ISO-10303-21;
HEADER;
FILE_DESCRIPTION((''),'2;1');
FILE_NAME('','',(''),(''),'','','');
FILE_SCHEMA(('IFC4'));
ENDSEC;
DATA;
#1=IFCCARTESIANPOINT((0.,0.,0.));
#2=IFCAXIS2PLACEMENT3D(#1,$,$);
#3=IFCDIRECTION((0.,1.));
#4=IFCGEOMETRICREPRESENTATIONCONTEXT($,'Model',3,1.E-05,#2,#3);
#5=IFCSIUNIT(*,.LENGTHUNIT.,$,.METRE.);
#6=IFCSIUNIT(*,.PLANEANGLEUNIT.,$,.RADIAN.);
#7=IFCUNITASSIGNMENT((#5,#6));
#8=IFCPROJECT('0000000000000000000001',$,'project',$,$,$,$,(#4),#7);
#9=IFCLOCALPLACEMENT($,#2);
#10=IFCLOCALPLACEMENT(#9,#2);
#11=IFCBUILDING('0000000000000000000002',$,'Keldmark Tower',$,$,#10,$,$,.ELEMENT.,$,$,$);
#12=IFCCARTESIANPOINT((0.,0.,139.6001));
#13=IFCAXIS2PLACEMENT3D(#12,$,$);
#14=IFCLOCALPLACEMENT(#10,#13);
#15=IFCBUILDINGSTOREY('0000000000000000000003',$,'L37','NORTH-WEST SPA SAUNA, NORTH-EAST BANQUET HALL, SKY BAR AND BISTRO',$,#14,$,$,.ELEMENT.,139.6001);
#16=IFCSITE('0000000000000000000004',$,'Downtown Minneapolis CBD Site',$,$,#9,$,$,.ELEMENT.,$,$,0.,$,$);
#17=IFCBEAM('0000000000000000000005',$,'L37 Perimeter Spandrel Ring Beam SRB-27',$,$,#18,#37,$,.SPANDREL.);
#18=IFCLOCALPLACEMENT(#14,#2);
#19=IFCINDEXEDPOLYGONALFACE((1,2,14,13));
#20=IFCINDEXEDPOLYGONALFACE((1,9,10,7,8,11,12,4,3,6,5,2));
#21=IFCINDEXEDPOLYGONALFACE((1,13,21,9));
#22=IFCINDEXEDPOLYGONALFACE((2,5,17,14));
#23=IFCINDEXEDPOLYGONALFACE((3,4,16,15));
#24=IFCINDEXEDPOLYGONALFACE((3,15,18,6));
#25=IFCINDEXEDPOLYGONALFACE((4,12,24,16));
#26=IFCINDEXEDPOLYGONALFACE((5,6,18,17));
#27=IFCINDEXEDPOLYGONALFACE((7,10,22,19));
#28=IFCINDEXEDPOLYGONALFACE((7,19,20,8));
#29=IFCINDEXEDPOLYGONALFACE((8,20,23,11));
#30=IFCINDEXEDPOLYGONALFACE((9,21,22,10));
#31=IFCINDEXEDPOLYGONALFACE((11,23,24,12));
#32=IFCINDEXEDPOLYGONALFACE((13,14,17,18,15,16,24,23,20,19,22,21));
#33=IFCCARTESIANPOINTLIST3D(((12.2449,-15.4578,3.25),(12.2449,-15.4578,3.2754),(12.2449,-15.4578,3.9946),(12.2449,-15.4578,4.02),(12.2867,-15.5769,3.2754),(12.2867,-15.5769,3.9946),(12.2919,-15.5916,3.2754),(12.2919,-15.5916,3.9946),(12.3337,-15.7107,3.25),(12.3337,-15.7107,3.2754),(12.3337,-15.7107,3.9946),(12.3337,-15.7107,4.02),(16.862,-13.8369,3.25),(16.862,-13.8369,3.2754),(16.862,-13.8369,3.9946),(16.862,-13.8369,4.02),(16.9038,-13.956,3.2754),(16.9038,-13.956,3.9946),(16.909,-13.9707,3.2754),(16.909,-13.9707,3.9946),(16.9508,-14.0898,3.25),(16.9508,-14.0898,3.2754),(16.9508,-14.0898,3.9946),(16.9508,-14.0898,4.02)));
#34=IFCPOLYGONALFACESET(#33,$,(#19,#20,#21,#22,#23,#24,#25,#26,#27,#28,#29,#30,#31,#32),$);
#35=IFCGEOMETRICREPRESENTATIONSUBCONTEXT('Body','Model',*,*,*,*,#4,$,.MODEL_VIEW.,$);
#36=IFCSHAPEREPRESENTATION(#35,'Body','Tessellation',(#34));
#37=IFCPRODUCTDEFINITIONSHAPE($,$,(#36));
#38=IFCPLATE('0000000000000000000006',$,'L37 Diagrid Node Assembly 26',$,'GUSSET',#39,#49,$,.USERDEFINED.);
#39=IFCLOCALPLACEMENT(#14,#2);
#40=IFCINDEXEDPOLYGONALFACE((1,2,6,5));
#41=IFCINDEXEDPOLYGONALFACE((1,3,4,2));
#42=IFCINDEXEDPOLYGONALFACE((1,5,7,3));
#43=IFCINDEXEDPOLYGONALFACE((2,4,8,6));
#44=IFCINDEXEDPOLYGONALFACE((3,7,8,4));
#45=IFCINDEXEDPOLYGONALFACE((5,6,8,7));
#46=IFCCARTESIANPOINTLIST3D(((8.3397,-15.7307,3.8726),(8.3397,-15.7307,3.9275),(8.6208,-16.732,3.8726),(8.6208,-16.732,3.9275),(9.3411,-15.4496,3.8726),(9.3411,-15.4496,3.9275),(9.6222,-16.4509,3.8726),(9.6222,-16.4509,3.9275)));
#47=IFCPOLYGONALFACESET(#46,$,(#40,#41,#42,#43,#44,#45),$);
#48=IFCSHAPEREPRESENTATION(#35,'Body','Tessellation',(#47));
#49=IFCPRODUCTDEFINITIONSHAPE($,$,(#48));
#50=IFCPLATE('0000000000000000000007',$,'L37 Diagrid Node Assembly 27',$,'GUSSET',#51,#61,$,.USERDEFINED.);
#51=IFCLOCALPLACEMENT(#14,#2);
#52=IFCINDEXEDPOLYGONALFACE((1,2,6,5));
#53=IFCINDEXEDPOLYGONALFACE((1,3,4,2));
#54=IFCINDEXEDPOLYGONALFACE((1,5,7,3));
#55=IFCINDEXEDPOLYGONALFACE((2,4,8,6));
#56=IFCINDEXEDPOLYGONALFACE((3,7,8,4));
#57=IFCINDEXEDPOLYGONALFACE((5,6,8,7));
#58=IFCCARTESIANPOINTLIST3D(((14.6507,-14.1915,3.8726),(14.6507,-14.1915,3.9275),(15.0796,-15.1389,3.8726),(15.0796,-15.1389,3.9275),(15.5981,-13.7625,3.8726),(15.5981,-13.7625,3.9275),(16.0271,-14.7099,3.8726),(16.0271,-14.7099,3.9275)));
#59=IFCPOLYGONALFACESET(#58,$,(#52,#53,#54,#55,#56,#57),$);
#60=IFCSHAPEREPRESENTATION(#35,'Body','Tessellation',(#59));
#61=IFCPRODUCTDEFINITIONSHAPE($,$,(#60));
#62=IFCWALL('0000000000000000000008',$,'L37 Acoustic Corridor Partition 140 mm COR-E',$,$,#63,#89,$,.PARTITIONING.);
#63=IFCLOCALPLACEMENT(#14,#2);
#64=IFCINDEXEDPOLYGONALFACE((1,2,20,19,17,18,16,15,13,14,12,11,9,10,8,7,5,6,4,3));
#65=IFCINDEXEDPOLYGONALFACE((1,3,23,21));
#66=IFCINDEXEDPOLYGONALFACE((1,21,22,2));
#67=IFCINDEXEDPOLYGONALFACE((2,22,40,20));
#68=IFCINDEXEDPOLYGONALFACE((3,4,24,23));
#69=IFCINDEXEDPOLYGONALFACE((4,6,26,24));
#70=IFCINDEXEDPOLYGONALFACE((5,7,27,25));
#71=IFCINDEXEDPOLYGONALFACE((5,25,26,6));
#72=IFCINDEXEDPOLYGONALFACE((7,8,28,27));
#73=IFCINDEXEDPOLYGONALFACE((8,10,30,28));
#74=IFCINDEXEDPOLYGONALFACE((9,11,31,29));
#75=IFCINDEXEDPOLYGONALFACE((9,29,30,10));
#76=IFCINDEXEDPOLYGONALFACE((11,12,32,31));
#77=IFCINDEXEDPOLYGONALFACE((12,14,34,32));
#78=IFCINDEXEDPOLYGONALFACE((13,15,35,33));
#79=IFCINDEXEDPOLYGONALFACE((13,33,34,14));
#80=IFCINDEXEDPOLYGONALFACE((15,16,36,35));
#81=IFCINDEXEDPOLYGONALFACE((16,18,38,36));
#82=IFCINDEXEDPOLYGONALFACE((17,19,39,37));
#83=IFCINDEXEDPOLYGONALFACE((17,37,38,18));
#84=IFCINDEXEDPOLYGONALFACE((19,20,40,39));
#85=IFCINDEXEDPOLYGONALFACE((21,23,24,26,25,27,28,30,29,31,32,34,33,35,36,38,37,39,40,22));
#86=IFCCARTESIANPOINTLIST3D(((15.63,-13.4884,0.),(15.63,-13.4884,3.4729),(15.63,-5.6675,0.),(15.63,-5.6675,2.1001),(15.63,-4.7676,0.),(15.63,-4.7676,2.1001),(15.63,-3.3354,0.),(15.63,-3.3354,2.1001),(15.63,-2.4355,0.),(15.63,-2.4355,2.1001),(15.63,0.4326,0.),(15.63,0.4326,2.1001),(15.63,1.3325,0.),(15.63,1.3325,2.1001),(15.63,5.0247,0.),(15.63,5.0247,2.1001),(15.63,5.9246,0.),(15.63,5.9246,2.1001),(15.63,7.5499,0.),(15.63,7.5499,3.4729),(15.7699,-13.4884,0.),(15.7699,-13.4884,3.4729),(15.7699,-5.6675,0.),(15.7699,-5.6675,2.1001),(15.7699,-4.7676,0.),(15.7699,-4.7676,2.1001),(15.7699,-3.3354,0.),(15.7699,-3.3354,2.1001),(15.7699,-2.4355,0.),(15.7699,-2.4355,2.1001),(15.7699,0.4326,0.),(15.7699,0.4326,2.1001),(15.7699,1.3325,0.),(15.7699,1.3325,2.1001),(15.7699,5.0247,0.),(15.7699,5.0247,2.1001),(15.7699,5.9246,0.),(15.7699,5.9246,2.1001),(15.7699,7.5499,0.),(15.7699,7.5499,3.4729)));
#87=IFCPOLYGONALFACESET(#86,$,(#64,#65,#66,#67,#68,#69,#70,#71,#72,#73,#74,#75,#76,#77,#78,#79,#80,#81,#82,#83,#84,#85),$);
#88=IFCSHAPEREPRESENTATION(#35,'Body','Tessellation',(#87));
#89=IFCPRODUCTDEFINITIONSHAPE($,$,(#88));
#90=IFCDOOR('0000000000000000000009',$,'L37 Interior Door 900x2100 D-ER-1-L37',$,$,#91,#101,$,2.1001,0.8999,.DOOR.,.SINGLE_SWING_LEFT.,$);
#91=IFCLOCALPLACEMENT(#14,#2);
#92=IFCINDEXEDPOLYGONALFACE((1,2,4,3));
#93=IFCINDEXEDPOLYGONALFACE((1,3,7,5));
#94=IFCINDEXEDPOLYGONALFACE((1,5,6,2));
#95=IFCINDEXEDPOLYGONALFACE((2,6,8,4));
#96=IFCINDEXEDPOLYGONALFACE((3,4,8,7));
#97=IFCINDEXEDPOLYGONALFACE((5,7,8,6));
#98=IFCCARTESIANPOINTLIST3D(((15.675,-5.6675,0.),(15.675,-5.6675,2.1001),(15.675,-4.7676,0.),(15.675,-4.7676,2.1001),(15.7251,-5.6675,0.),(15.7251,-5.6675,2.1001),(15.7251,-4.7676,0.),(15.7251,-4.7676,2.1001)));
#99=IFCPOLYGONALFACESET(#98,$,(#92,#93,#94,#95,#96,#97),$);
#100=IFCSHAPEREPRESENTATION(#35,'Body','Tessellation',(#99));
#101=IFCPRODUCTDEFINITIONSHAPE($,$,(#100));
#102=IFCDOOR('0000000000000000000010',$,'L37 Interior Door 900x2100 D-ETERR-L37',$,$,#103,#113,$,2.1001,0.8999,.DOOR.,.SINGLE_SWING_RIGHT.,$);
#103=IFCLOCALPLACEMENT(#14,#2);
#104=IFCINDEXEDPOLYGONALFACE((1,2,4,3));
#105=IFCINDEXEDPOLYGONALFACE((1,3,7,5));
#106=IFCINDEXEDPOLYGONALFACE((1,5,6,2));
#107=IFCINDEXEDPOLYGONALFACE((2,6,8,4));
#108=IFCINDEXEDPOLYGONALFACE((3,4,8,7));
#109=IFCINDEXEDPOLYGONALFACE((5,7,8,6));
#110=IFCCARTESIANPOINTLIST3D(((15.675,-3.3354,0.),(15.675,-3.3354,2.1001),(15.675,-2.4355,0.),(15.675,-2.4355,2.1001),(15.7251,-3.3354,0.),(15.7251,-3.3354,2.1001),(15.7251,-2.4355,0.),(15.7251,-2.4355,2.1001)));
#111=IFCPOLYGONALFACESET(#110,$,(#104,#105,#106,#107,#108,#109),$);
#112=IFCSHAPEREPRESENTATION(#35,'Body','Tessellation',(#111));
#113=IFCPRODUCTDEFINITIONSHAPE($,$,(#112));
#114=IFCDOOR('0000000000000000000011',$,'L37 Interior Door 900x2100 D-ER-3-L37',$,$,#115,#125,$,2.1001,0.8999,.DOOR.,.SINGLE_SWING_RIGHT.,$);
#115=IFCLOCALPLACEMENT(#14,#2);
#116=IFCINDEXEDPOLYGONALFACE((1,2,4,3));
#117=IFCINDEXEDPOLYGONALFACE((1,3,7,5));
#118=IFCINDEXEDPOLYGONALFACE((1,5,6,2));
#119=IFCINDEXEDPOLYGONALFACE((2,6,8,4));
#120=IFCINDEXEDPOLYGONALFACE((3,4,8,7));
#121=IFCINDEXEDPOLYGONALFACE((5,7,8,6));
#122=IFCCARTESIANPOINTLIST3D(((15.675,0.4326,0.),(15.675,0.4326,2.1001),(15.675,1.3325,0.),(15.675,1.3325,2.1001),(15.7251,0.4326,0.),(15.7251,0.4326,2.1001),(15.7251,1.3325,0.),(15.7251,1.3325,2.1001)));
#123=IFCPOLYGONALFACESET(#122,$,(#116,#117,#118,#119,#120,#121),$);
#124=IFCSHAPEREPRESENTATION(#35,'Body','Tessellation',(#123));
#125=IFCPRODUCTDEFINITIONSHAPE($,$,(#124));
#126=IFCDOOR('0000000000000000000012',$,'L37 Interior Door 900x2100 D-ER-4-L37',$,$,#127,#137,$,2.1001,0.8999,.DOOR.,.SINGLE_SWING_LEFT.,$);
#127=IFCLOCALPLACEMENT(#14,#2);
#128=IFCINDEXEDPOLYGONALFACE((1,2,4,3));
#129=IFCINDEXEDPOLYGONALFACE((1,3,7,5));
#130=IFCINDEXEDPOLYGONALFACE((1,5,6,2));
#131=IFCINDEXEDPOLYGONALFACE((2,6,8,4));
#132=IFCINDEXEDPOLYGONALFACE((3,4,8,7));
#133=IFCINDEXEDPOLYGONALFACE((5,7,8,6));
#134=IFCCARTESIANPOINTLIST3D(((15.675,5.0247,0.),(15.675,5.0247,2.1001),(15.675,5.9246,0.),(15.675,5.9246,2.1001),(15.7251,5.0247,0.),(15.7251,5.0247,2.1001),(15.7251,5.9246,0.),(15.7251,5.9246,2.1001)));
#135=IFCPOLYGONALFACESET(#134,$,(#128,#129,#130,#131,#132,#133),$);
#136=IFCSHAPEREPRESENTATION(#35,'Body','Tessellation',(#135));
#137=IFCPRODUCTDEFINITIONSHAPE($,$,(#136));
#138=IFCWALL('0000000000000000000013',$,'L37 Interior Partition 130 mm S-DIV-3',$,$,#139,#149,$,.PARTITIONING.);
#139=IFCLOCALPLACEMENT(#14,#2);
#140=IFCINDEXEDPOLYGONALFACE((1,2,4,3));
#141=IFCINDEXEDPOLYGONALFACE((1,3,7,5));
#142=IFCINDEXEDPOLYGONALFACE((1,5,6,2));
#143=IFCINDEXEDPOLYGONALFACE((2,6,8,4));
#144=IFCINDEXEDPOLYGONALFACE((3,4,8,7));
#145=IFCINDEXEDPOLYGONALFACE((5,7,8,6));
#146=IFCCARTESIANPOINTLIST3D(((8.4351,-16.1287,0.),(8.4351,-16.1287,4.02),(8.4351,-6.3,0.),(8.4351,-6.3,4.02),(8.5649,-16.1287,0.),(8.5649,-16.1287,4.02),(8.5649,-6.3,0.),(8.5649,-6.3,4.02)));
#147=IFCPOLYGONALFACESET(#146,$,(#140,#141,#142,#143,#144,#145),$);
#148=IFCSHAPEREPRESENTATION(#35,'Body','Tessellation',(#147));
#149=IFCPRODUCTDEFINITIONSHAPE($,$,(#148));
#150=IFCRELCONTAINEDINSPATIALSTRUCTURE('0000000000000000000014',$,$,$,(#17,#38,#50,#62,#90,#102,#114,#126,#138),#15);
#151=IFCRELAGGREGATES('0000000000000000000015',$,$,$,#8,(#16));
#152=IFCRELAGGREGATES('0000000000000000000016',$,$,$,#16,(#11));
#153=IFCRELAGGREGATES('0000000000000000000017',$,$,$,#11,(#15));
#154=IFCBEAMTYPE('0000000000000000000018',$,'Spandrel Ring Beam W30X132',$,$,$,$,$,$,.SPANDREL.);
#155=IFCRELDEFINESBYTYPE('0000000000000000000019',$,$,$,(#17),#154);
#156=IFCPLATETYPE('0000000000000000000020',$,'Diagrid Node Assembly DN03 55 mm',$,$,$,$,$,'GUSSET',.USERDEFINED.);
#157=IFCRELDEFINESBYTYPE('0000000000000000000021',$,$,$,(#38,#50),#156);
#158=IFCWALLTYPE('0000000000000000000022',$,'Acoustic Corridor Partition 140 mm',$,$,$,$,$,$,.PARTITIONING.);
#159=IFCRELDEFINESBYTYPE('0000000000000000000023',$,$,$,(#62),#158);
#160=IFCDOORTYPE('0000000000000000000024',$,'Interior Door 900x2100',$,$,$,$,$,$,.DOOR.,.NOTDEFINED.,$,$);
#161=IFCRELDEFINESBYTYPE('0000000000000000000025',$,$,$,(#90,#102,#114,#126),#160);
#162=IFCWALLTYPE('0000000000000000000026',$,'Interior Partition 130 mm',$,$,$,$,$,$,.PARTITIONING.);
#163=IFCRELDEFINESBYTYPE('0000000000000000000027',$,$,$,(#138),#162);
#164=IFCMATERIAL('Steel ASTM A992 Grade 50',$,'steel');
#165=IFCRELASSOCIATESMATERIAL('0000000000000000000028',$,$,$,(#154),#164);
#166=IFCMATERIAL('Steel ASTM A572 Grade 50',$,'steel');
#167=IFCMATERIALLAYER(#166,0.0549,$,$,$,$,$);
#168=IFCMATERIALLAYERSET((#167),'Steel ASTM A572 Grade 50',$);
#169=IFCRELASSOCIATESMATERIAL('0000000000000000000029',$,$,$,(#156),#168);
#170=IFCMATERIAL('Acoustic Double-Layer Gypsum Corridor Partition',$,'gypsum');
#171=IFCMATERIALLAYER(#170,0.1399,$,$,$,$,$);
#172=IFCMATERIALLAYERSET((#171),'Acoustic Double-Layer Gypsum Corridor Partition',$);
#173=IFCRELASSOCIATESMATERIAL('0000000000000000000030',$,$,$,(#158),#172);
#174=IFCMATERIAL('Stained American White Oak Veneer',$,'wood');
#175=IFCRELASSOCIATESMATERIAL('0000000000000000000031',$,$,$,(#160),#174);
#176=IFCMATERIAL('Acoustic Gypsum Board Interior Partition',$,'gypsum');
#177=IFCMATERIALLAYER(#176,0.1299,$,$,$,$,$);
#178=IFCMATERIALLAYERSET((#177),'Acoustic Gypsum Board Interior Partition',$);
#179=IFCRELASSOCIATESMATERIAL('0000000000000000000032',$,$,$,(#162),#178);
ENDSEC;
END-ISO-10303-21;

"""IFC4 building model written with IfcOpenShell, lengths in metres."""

from ifc_helpers import new_model, si_unit, direction, frame, frame_2d, origin, origin_2d, place, context, subcontext, project, spatial, rectangle, i_section, extrude, material, layer, layer_set, material_profile, profile_set, type_object, element, fill, save


model = new_model("IFC4")

# Units and contexts
model_context = context("Model", 3, precision=1e-05, world=origin(), true_north=direction((0.0, 1.0)))
body_context = subcontext(model_context, "Body", "Model", "MODEL_VIEW")
ifc_project = project(units=[si_unit("LENGTHUNIT", "METRE"), si_unit("PLANEANGLEUNIT", "RADIAN")], contexts=[model_context])

# Site, building, storey
site_placement = place(None, origin())
site = spatial("IfcSite", under=ifc_project, at=site_placement, Name="Downtown Minneapolis CBD Site", CompositionType="ELEMENT", RefElevation=0.0)
building_placement = place(site_placement, origin())
building = spatial("IfcBuilding", under=site, at=building_placement, Name="Keldmark Tower", CompositionType="ELEMENT")
storey_placement = place(building_placement, frame((0.0, 0.0, 139.6001)))
storey = spatial("IfcBuildingStorey", under=building, at=storey_placement, Name="L37", Description="NORTH-WEST SPA SAUNA, NORTH-EAST BANQUET HALL, SKY BAR AND BISTRO", CompositionType="ELEMENT", Elevation=139.6001)

# Beam
ifc_material_1 = material(Name="Steel ASTM A992 Grade 50", Category="steel")
ifc_material_profile_1 = material_profile(ifc_material_1, i_section(OverallWidth=0.2681, OverallDepth=0.77, WebThickness=0.0156, FlangeThickness=0.0254, at=origin_2d()), Name="W30X132")
ifc_profile_set_1 = profile_set([ifc_material_profile_1], Name="Steel ASTM A992 Grade 50")
beam_type_1 = type_object("IfcBeamType", Name="Spandrel Ring Beam W30X132", PredefinedType="SPANDREL", material=ifc_profile_set_1)
beam_1_placement = place(storey_placement, frame((12.2893, -15.5842, 3.635), z_axis=(0.943544, 0.331246, 0.0), x_axis=(-0.331246, 0.943544, 0.0)))
element("IfcBeam", 1, at=beam_1_placement, inside=storey, type_object=beam_type_1, Name="L37 Perimeter Spandrel Ring Beam SRB-27", PredefinedType="SPANDREL", context=body_context, shape_type="SweptSolid", body=[
    extrude(i_section(OverallWidth=0.2681, OverallDepth=0.77, WebThickness=0.0156, FlangeThickness=0.0254, at=origin_2d()), origin(), (0.0, 0.0, 1.0), 4.8933),
])

# Plates
ifc_material_2 = material(Name="Steel ASTM A572 Grade 50", Category="steel")
ifc_layer_1 = layer(ifc_material_2, 0.0549)
ifc_layer_set_1 = layer_set([ifc_layer_1], Name="Steel ASTM A572 Grade 50")
plate_type = type_object("IfcPlateType", Name="Diagrid Node Assembly DN03 55 mm", ElementType="GUSSET", PredefinedType="USERDEFINED", material=ifc_layer_set_1)
for number, where, z_axis, x_axis, name in (
    (2, (8.981, -16.0908, 3.8726), (0.0, 0.0, 1.0), (0.962786, 0.270264, 0.0), "L37 Diagrid Node Assembly 26"),
    (3, (15.3389, -14.4507, 3.8726), (0.0, 0.0, 1.0), (0.910972, 0.412469, 0.0), "L37 Diagrid Node Assembly 27"),
):
    element("IfcPlate", number, at=place(storey_placement, frame(where, z_axis=z_axis, x_axis=x_axis)), inside=storey, type_object=plate_type, Name=name, ObjectType="GUSSET", PredefinedType="USERDEFINED", context=body_context, shape_type="SweptSolid", body=[
        extrude(rectangle(XDim=1.04, YDim=1.04, at=origin_2d()), origin(), (0.0, 0.0, 1.0), 0.0549),
    ])

# Wall, openings, doors
ifc_material_3 = material(Name="Acoustic Double-Layer Gypsum Corridor Partition", Category="gypsum")
ifc_layer_2 = layer(ifc_material_3, 0.1399)
ifc_layer_set_2 = layer_set([ifc_layer_2], Name="Acoustic Double-Layer Gypsum Corridor Partition")
wall_type_1 = type_object("IfcWallType", Name="Acoustic Corridor Partition 140 mm", PredefinedType="PARTITIONING", material=ifc_layer_set_2)
wall_1_placement = place(storey_placement, frame((15.7, -13.4883, 0.0), z_axis=(0.0, 0.0, 1.0), x_axis=(0.0, 1.0, 0.0)))
wall_1 = element("IfcWall", 4, at=wall_1_placement, inside=storey, type_object=wall_type_1, Name="L37 Acoustic Corridor Partition 140 mm COR-E", PredefinedType="PARTITIONING", context=body_context, shape_type="SweptSolid", body=[
    extrude(rectangle(XDim=21.0383, YDim=0.1399, at=frame_2d((10.519, 0.0))), origin(), (0.0, 0.0, 1.0), 3.4729),
])
opening_1_placement = place(wall_1_placement, frame((7.8208, 0.0, 0.0)))
opening_1 = element("IfcOpeningElement", 5, at=opening_1_placement, cuts=wall_1, PredefinedType="OPENING", context=body_context, shape_type="SweptSolid", body=[
    extrude(rectangle(XDim=0.8999, YDim=2.1001, at=frame_2d((0.45, 1.05))), frame((0.0, 0.0798, 0.0), z_axis=(0.0, -1.0, 0.0), x_axis=(1.0, 0.0, 0.0)), (0.0, 0.0, 1.0), 0.1599),
])
opening_2_placement = place(wall_1_placement, frame((10.1528, 0.0, 0.0)))
opening_2 = element("IfcOpeningElement", 6, at=opening_2_placement, cuts=wall_1, PredefinedType="OPENING", context=body_context, shape_type="SweptSolid", body=[
    extrude(rectangle(XDim=0.8999, YDim=2.1001, at=frame_2d((0.45, 1.05))), frame((0.0, 0.0798, 0.0), z_axis=(0.0, -1.0, 0.0), x_axis=(1.0, 0.0, 0.0)), (0.0, 0.0, 1.0), 0.1599),
])
opening_3_placement = place(wall_1_placement, frame((13.9209, 0.0, 0.0)))
opening_3 = element("IfcOpeningElement", 7, at=opening_3_placement, cuts=wall_1, PredefinedType="OPENING", context=body_context, shape_type="SweptSolid", body=[
    extrude(rectangle(XDim=0.8999, YDim=2.1001, at=frame_2d((0.45, 1.05))), frame((0.0, 0.0798, 0.0), z_axis=(0.0, -1.0, 0.0), x_axis=(1.0, 0.0, 0.0)), (0.0, 0.0, 1.0), 0.1599),
])
opening_4_placement = place(wall_1_placement, frame((18.5129, 0.0, 0.0)))
opening_4 = element("IfcOpeningElement", 8, at=opening_4_placement, cuts=wall_1, PredefinedType="OPENING", context=body_context, shape_type="SweptSolid", body=[
    extrude(rectangle(XDim=0.8999, YDim=2.1001, at=frame_2d((0.45, 1.05))), frame((0.0, 0.0798, 0.0), z_axis=(0.0, -1.0, 0.0), x_axis=(1.0, 0.0, 0.0)), (0.0, 0.0, 1.0), 0.1599),
])
ifc_material_4 = material(Name="Stained American White Oak Veneer", Category="wood")
door_type = type_object("IfcDoorType", Name="Interior Door 900x2100", OperationType="NOTDEFINED", PredefinedType="DOOR", material=ifc_material_4)
door_1_placement = place(opening_1_placement, origin())
door_1 = element("IfcDoor", 9, at=door_1_placement, inside=storey, type_object=door_type, Name="L37 Interior Door 900x2100 D-ER-1-L37", OperationType="SINGLE_SWING_LEFT", OverallHeight=2.1001, OverallWidth=0.8999, PredefinedType="DOOR", context=body_context, shape_type="SweptSolid", body=[
    extrude(rectangle(XDim=0.8999, YDim=2.1001, at=frame_2d((0.45, 1.05))), frame((0.0, 0.0249, 0.0), z_axis=(0.0, -1.0, 0.0), x_axis=(1.0, 0.0, 0.0)), (0.0, 0.0, 1.0), 0.05),
])
fill(opening_1, door_1)
door_2_placement = place(opening_2_placement, origin())
door_2 = element("IfcDoor", 10, at=door_2_placement, inside=storey, type_object=door_type, Name="L37 Interior Door 900x2100 D-ETERR-L37", OperationType="SINGLE_SWING_RIGHT", OverallHeight=2.1001, OverallWidth=0.8999, PredefinedType="DOOR", context=body_context, shape_type="SweptSolid", body=[
    extrude(rectangle(XDim=0.8999, YDim=2.1001, at=frame_2d((0.45, 1.05))), frame((0.0, 0.0249, 0.0), z_axis=(0.0, -1.0, 0.0), x_axis=(1.0, 0.0, 0.0)), (0.0, 0.0, 1.0), 0.05),
])
fill(opening_2, door_2)
door_3_placement = place(opening_3_placement, origin())
door_3 = element("IfcDoor", 11, at=door_3_placement, inside=storey, type_object=door_type, Name="L37 Interior Door 900x2100 D-ER-3-L37", OperationType="SINGLE_SWING_RIGHT", OverallHeight=2.1001, OverallWidth=0.8999, PredefinedType="DOOR", context=body_context, shape_type="SweptSolid", body=[
    extrude(rectangle(XDim=0.8999, YDim=2.1001, at=frame_2d((0.45, 1.05))), frame((0.0, 0.0249, 0.0), z_axis=(0.0, -1.0, 0.0), x_axis=(1.0, 0.0, 0.0)), (0.0, 0.0, 1.0), 0.05),
])
fill(opening_3, door_3)
door_4_placement = place(opening_4_placement, origin())
door_4 = element("IfcDoor", 12, at=door_4_placement, inside=storey, type_object=door_type, Name="L37 Interior Door 900x2100 D-ER-4-L37", OperationType="SINGLE_SWING_LEFT", OverallHeight=2.1001, OverallWidth=0.8999, PredefinedType="DOOR", context=body_context, shape_type="SweptSolid", body=[
    extrude(rectangle(XDim=0.8999, YDim=2.1001, at=frame_2d((0.45, 1.05))), frame((0.0, 0.0249, 0.0), z_axis=(0.0, -1.0, 0.0), x_axis=(1.0, 0.0, 0.0)), (0.0, 0.0, 1.0), 0.05),
])
fill(opening_4, door_4)

# Wall
ifc_material_5 = material(Name="Acoustic Gypsum Board Interior Partition", Category="gypsum")
ifc_layer_3 = layer(ifc_material_5, 0.1299)
ifc_layer_set_3 = layer_set([ifc_layer_3], Name="Acoustic Gypsum Board Interior Partition")
wall_type_2 = type_object("IfcWallType", Name="Interior Partition 130 mm", PredefinedType="PARTITIONING", material=ifc_layer_set_3)
wall_2_placement = place(storey_placement, frame((8.5, -16.1287, 0.0), z_axis=(0.0, 0.0, 1.0), x_axis=(0.0, 1.0, 0.0)))
element("IfcWall", 13, at=wall_2_placement, inside=storey, type_object=wall_type_2, Name="L37 Interior Partition 130 mm S-DIV-3", PredefinedType="PARTITIONING", context=body_context, shape_type="SweptSolid", body=[
    extrude(rectangle(XDim=9.8286, YDim=0.1299, at=frame_2d((4.9143, 0.0))), origin(), (0.0, 0.0, 1.0), 4.02),
])

save(model, "model.ifc")
